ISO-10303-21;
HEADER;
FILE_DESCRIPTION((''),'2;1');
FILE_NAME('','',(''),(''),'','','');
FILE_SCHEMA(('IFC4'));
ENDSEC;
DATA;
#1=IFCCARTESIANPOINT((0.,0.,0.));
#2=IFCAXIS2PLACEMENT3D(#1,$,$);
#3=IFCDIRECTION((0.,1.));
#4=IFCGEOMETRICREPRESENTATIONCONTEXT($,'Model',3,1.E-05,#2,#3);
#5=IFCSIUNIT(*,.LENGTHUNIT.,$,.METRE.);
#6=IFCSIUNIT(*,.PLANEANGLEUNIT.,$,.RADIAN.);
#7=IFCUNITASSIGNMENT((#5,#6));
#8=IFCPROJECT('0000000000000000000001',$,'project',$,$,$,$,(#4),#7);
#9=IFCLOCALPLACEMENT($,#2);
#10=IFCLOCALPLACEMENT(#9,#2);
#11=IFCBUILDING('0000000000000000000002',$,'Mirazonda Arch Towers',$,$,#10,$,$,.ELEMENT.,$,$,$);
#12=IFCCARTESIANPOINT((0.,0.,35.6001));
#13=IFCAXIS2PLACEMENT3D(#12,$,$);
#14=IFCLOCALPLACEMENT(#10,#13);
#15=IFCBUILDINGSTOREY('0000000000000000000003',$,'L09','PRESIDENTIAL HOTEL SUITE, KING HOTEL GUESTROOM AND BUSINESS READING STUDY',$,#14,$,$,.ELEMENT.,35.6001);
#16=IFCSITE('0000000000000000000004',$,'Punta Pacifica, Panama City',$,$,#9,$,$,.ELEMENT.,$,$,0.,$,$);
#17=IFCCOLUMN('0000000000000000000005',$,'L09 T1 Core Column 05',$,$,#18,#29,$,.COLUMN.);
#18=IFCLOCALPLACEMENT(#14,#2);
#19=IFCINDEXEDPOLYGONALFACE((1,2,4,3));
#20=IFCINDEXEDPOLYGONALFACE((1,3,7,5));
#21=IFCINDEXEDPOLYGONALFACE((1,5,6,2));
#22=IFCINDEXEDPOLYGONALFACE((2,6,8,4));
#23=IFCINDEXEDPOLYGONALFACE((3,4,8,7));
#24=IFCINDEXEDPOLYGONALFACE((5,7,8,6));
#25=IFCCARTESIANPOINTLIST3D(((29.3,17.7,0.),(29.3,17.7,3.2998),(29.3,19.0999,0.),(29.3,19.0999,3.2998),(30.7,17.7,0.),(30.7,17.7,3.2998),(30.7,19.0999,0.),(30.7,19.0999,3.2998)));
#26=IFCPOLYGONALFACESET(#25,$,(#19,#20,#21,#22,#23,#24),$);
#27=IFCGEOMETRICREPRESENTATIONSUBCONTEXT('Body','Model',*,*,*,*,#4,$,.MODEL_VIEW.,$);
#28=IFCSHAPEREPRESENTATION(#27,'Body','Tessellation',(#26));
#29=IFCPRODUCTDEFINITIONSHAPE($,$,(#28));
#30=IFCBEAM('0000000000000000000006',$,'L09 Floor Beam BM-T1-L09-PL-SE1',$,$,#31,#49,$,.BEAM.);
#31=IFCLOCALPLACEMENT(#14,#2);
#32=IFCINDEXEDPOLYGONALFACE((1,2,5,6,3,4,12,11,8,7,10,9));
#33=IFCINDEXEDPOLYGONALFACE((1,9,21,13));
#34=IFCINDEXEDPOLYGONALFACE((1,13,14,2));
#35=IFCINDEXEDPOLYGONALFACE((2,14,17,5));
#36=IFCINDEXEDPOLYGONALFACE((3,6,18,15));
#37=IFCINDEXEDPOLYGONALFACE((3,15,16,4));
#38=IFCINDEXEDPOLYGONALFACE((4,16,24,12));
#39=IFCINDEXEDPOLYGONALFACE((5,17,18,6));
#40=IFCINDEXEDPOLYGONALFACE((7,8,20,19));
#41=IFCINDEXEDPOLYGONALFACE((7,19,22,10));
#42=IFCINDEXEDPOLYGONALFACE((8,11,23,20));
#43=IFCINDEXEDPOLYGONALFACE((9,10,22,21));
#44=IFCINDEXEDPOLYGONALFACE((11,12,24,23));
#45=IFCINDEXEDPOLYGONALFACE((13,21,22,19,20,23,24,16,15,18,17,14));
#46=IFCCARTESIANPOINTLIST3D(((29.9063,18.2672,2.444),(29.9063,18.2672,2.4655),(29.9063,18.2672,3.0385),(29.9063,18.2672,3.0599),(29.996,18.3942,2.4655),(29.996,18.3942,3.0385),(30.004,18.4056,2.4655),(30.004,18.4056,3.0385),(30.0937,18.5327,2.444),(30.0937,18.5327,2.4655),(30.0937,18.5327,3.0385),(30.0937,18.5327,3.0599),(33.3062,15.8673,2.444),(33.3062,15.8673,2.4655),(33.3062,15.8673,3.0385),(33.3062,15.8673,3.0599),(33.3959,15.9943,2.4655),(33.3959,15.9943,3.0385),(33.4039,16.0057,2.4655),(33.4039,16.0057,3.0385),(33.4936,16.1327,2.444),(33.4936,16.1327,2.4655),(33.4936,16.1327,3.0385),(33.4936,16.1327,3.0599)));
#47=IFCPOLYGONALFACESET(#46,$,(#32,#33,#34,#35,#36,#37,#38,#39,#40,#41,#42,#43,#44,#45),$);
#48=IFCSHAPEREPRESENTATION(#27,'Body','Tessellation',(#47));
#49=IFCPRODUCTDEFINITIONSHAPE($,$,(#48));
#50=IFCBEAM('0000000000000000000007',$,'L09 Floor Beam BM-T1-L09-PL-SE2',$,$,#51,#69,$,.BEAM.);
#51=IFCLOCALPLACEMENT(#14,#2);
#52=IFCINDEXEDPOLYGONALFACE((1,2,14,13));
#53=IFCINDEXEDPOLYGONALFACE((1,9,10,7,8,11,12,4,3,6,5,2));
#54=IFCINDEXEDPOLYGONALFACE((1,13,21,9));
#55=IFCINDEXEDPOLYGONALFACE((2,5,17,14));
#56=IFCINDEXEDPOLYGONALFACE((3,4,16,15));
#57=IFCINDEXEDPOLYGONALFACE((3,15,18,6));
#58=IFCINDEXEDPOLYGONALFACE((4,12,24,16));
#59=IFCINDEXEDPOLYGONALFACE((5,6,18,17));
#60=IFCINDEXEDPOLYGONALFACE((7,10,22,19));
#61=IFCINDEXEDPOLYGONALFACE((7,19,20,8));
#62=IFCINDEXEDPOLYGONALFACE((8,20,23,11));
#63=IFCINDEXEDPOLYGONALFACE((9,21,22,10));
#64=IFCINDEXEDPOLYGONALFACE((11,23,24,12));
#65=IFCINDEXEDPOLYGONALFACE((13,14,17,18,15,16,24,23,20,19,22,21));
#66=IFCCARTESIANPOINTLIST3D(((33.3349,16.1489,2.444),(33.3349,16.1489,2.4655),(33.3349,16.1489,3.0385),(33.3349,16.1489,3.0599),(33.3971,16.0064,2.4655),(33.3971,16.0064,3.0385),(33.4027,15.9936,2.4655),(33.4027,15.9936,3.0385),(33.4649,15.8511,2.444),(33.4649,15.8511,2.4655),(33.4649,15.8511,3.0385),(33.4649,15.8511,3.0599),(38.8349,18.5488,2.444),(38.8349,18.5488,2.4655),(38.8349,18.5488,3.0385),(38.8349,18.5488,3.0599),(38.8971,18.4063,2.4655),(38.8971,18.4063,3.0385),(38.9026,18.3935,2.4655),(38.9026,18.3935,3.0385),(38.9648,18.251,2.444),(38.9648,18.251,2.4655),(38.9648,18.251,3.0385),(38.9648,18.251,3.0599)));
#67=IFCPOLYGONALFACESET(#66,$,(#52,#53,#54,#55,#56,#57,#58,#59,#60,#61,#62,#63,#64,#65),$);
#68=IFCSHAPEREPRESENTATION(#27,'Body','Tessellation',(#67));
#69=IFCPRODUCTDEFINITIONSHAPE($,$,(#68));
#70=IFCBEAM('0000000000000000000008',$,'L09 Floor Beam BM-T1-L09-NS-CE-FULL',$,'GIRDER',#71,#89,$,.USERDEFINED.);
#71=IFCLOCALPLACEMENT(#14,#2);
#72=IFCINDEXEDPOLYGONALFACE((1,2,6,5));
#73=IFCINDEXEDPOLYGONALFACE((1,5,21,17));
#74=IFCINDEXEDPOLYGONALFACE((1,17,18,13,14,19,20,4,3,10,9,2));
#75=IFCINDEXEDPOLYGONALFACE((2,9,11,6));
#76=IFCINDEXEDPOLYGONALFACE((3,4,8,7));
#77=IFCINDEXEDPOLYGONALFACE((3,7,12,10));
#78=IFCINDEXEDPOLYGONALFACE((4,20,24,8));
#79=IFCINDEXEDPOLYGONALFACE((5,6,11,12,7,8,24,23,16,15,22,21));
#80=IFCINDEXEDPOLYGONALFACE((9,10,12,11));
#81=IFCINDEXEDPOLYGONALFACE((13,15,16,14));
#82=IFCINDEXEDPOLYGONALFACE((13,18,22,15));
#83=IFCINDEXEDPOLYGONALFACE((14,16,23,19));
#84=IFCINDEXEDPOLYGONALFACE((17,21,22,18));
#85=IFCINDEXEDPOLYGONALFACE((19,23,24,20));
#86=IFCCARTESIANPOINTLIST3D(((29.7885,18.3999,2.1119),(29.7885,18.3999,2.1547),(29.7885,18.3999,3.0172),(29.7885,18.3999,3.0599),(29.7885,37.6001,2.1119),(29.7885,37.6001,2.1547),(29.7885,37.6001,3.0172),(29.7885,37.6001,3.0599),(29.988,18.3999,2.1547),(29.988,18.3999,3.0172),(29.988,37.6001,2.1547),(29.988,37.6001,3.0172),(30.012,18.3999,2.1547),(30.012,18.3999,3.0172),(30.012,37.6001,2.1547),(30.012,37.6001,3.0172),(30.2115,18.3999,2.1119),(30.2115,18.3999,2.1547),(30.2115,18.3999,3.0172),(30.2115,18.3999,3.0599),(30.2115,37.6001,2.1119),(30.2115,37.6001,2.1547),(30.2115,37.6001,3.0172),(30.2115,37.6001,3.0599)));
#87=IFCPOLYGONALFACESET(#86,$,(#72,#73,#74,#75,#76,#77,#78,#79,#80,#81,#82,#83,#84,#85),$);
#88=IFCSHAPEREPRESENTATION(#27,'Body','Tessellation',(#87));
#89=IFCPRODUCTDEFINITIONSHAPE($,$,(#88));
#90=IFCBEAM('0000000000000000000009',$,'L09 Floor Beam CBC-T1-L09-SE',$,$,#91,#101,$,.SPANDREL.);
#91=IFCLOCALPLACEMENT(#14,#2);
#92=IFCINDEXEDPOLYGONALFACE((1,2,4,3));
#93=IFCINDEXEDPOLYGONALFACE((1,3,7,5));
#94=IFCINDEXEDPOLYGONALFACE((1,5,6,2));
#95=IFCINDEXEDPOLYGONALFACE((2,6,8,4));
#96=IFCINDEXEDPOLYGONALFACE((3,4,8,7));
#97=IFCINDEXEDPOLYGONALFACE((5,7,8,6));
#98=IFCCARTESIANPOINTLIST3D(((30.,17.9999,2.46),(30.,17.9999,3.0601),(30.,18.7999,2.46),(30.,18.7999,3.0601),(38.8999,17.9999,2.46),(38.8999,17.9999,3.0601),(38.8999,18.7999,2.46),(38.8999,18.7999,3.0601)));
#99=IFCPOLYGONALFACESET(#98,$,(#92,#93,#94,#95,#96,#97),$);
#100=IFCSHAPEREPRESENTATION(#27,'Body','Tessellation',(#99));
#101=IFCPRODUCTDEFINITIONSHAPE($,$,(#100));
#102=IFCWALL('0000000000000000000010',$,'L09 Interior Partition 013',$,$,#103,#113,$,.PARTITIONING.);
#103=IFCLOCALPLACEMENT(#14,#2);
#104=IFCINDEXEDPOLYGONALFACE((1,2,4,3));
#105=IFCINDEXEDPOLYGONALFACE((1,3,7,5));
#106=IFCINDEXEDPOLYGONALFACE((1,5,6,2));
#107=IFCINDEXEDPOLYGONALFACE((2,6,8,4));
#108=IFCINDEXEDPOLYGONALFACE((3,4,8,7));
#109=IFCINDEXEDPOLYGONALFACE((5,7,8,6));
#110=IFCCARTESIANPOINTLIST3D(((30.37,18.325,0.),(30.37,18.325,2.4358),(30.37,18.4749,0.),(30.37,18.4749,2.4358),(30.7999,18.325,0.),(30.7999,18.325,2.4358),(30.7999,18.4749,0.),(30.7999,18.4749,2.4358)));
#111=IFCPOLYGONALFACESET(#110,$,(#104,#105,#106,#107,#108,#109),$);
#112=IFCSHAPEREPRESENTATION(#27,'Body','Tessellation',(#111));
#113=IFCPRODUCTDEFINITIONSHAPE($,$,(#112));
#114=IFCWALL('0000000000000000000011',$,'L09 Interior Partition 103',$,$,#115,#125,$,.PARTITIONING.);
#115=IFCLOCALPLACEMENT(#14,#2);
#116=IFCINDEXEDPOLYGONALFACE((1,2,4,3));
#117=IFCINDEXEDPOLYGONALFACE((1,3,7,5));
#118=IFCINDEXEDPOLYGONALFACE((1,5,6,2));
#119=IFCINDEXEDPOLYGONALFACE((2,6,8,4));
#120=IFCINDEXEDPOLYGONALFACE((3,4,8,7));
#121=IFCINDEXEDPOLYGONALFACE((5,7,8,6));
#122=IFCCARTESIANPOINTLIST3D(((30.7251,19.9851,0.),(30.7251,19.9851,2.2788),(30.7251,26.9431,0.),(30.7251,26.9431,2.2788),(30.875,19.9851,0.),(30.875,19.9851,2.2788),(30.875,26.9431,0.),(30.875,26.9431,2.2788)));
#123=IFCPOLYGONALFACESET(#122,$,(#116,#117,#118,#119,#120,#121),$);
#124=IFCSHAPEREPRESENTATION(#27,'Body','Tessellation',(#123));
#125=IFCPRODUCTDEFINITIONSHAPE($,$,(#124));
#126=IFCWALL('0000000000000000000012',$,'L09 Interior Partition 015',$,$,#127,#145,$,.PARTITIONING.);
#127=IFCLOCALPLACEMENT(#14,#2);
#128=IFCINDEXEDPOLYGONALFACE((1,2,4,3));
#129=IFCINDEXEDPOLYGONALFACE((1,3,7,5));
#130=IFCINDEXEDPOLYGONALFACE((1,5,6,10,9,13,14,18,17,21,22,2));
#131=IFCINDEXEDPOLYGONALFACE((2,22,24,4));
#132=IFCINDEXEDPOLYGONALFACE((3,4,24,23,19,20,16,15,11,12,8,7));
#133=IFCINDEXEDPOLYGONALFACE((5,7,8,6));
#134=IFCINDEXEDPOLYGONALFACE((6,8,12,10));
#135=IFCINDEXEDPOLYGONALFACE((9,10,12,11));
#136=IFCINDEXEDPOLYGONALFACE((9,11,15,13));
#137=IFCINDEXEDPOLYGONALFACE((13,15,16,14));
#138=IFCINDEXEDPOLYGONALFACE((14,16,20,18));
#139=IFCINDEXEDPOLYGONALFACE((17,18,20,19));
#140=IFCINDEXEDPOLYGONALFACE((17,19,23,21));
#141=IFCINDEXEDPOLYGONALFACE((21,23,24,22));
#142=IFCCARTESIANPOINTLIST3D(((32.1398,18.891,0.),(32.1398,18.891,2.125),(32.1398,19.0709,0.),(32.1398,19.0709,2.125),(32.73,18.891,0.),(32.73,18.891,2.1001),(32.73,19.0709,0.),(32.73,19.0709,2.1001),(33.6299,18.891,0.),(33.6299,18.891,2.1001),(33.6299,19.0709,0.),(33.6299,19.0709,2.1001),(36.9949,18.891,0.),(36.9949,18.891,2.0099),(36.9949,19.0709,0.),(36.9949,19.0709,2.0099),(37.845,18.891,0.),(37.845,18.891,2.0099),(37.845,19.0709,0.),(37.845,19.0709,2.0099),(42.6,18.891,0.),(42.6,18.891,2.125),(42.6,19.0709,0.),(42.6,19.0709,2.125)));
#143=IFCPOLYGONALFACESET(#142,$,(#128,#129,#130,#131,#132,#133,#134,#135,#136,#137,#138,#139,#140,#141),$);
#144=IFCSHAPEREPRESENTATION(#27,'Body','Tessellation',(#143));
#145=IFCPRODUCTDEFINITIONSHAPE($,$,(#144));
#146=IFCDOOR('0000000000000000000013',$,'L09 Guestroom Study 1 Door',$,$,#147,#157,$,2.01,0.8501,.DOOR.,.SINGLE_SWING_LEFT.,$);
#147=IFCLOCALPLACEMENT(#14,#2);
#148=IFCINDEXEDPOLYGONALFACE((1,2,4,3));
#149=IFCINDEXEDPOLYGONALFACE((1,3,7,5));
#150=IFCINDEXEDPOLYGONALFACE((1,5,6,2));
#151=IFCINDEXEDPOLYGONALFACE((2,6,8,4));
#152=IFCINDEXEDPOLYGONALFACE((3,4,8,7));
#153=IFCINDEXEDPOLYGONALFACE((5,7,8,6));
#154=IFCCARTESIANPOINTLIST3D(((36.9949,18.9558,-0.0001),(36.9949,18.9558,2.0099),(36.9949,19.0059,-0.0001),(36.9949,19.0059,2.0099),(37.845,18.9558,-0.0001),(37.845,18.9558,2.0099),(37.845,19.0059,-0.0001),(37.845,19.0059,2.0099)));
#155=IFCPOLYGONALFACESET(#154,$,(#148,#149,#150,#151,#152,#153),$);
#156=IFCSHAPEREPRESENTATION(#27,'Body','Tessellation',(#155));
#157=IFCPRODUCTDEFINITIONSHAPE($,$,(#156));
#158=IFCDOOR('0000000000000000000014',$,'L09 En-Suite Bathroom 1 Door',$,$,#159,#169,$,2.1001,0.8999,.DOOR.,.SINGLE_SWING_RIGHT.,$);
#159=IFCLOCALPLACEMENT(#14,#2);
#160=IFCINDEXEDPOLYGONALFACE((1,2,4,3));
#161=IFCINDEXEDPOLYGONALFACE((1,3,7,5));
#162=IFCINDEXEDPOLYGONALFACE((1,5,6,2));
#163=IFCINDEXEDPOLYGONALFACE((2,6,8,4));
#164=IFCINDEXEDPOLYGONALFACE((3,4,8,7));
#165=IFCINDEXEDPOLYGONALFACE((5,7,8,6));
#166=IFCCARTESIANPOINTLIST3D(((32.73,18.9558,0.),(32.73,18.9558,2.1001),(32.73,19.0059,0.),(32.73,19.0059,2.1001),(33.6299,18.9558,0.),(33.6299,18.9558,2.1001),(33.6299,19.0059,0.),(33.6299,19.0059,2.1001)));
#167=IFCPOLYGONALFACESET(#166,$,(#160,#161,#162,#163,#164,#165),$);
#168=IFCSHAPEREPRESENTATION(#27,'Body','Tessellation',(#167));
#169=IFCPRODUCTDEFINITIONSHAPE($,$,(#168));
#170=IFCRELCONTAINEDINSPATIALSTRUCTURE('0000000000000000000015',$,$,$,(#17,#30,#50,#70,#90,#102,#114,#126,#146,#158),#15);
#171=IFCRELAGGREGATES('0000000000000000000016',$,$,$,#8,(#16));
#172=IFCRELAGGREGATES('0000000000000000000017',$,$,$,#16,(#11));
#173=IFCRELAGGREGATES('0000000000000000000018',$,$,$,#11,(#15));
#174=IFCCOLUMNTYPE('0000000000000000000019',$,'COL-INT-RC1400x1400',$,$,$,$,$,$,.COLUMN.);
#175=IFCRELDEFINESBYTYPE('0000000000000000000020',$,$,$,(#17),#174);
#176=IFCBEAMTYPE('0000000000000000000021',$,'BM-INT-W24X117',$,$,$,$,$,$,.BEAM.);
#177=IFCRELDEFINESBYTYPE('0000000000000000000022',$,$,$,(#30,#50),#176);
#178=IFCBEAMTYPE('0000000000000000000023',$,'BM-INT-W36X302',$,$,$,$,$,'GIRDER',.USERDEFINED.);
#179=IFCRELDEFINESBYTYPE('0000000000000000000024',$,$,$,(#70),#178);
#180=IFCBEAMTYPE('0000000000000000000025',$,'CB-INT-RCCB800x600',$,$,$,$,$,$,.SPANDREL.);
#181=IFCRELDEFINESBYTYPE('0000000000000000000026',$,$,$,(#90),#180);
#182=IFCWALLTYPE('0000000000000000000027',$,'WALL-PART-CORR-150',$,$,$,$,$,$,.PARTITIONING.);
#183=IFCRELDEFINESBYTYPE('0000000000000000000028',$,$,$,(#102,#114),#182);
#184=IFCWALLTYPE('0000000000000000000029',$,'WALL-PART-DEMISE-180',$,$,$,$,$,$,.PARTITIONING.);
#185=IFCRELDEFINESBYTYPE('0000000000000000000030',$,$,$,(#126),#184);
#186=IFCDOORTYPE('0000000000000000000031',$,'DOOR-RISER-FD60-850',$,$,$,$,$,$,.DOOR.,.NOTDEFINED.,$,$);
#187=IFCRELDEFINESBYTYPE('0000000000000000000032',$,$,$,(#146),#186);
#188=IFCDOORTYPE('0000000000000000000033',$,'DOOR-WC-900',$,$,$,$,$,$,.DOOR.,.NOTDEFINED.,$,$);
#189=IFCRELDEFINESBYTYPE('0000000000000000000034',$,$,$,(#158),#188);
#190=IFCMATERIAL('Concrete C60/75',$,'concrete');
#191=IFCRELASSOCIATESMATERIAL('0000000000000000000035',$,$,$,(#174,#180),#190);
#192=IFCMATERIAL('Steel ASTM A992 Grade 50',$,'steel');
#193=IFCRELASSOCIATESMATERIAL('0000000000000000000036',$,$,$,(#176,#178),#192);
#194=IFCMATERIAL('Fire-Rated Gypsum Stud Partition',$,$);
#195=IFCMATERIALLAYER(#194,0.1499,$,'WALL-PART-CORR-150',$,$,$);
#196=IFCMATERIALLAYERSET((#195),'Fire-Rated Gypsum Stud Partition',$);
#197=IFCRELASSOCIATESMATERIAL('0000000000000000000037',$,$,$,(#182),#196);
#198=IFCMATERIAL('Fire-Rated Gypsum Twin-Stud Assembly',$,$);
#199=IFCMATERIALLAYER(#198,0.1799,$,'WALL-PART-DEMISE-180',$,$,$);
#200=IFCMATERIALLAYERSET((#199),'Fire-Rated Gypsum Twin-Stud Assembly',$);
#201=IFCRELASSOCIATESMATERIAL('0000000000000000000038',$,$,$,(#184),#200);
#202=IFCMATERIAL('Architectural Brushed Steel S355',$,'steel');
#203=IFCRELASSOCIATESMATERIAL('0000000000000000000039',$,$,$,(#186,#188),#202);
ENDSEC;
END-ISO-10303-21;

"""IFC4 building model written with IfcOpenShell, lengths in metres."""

from ifc_helpers import new_model, si_unit, direction, frame, frame_2d, origin, origin_2d, place, context, subcontext, project, spatial, rectangle, i_section, extrude, material, layer, layer_set, material_profile, profile_set, type_object, element, fill, save


model = new_model("IFC4")

# Units and contexts
model_context = context("Model", 3, precision=1e-05, world=origin(), true_north=direction((0.0, 1.0)))
body_context = subcontext(model_context, "Body", "Model", "MODEL_VIEW")
ifc_project = project(units=[si_unit("LENGTHUNIT", "METRE"), si_unit("PLANEANGLEUNIT", "RADIAN")], contexts=[model_context])

# Site, building, storey
site_placement = place(None, origin())
site = spatial("IfcSite", under=ifc_project, at=site_placement, Name="Punta Pacifica, Panama City", CompositionType="ELEMENT", RefElevation=0.0)
building_placement = place(site_placement, origin())
building = spatial("IfcBuilding", under=site, at=building_placement, Name="Mirazonda Arch Towers", CompositionType="ELEMENT")
storey_placement = place(building_placement, frame((0.0, 0.0, 35.6001)))
storey = spatial("IfcBuildingStorey", under=building, at=storey_placement, Name="L09", Description="PRESIDENTIAL HOTEL SUITE, KING HOTEL GUESTROOM AND BUSINESS READING STUDY", CompositionType="ELEMENT", Elevation=35.6001)

# Column
ifc_material_1 = material(Name="Concrete C60/75", Category="concrete")
ifc_material_profile_1 = material_profile(ifc_material_1, rectangle(XDim=1.3999, YDim=1.3999, at=origin_2d()), Name="RC1400x1400")
ifc_profile_set_1 = profile_set([ifc_material_profile_1], Name="Concrete C60/75")
column_type = type_object("IfcColumnType", Name="COL-INT-RC1400x1400", PredefinedType="COLUMN", material=ifc_profile_set_1)
column_placement = place(storey_placement, frame((30.0, 18.3999, 0.0), z_axis=(0.0, 0.0, 1.0), x_axis=(1.0, 0.0, 0.0)))
element("IfcColumn", 1, at=column_placement, inside=storey, type_object=column_type, Name="L09 T1 Core Column 05", PredefinedType="COLUMN", context=body_context, shape_type="SweptSolid", body=[
    extrude(rectangle(XDim=1.3999, YDim=1.3999, at=origin_2d()), origin(), (0.0, 0.0, 1.0), 3.2998),
])

# Beams
ifc_material_2 = material(Name="Steel ASTM A992 Grade 50", Category="steel")
ifc_material_profile_2 = material_profile(ifc_material_2, i_section(OverallWidth=0.325, OverallDepth=0.616, WebThickness=0.0139, FlangeThickness=0.0215, at=origin_2d()), Name="W24X117")
ifc_profile_set_2 = profile_set([ifc_material_profile_2], Name="Steel ASTM A992 Grade 50")
beam_type_1 = type_object("IfcBeamType", Name="BM-INT-W24X117", PredefinedType="BEAM", material=ifc_profile_set_2)
beam_1_placement = place(storey_placement, frame((33.3999, 16.0, 2.752), z_axis=(-0.816971, 0.576679, 0.0), x_axis=(-0.576679, -0.816971, 0.0)))
element("IfcBeam", 2, at=beam_1_placement, inside=storey, type_object=beam_type_1, Name="L09 Floor Beam BM-T1-L09-PL-SE1", PredefinedType="BEAM", context=body_context, shape_type="SweptSolid", body=[
    extrude(i_section(OverallWidth=0.325, OverallDepth=0.616, WebThickness=0.0139, FlangeThickness=0.0215, at=origin_2d()), origin(), (0.0, 0.0, 1.0), 4.1616),
])
beam_2_placement = place(storey_placement, frame((33.3999, 16.0, 2.752), z_axis=(0.916545, 0.399931, 0.0), x_axis=(-0.399931, 0.916545, 0.0)))
element("IfcBeam", 3, at=beam_2_placement, inside=storey, type_object=beam_type_1, Name="L09 Floor Beam BM-T1-L09-PL-SE2", PredefinedType="BEAM", context=body_context, shape_type="SweptSolid", body=[
    extrude(i_section(OverallWidth=0.325, OverallDepth=0.616, WebThickness=0.0139, FlangeThickness=0.0215, at=origin_2d()), origin(), (0.0, 0.0, 1.0), 6.0007),
])
ifc_material_profile_3 = material_profile(ifc_material_2, i_section(OverallWidth=0.4231, OverallDepth=0.948, WebThickness=0.0239, FlangeThickness=0.0427, at=origin_2d()), Name="W36X302")
ifc_profile_set_3 = profile_set([ifc_material_profile_3], Name="Steel ASTM A992 Grade 50")
beam_type_2 = type_object("IfcBeamType", Name="BM-INT-W36X302", ElementType="GIRDER", PredefinedType="USERDEFINED", material=ifc_profile_set_3)
beam_3_placement = place(storey_placement, frame((30.0, 18.3999, 2.5859), z_axis=(0.0, 1.0, 0.0), x_axis=(-1.0, 0.0, 0.0)))
element("IfcBeam", 4, at=beam_3_placement, inside=storey, type_object=beam_type_2, Name="L09 Floor Beam BM-T1-L09-NS-CE-FULL", ObjectType="GIRDER", PredefinedType="USERDEFINED", context=body_context, shape_type="SweptSolid", body=[
    extrude(i_section(OverallWidth=0.4231, OverallDepth=0.948, WebThickness=0.0239, FlangeThickness=0.0427, at=origin_2d()), origin(), (0.0, 0.0, 1.0), 19.2002),
])
ifc_material_profile_4 = material_profile(ifc_material_1, rectangle(XDim=0.8, YDim=0.6001, at=origin_2d()), Name="RCCB800x600")
ifc_profile_set_4 = profile_set([ifc_material_profile_4], Name="Concrete C60/75")
beam_type_3 = type_object("IfcBeamType", Name="CB-INT-RCCB800x600", PredefinedType="SPANDREL", material=ifc_profile_set_4)
beam_4_placement = place(storey_placement, frame((30.0, 18.3999, 2.76), z_axis=(1.0, 0.0, 0.0), x_axis=(0.0, 1.0, 0.0)))
element("IfcBeam", 5, at=beam_4_placement, inside=storey, type_object=beam_type_3, Name="L09 Floor Beam CBC-T1-L09-SE", PredefinedType="SPANDREL", context=body_context, shape_type="SweptSolid", body=[
    extrude(rectangle(XDim=0.8, YDim=0.6001, at=origin_2d()), origin(), (0.0, 0.0, 1.0), 8.8999),
])

# Walls
ifc_material_3 = material(Name="Fire-Rated Gypsum Stud Partition")
ifc_layer_1 = layer(ifc_material_3, 0.1499, Name="WALL-PART-CORR-150")
ifc_layer_set_1 = layer_set([ifc_layer_1], Name="Fire-Rated Gypsum Stud Partition")
wall_type_1 = type_object("IfcWallType", Name="WALL-PART-CORR-150", PredefinedType="PARTITIONING", material=ifc_layer_set_1)
wall_1_placement = place(storey_placement, frame((30.3701, 18.3999, 0.0), z_axis=(0.0, 0.0, 1.0), x_axis=(1.0, 0.0, 0.0)))
element("IfcWall", 6, at=wall_1_placement, inside=storey, type_object=wall_type_1, Name="L09 Interior Partition 013", PredefinedType="PARTITIONING", context=body_context, shape_type="SweptSolid", body=[
    extrude(rectangle(XDim=0.4299, YDim=0.1499, at=frame_2d((0.2148, 0.0))), origin(), (0.0, 0.0, 1.0), 2.4358),
])
wall_2_placement = place(storey_placement, frame((30.8, 19.9851, 0.0), z_axis=(0.0, 0.0, 1.0), x_axis=(0.0, 1.0, 0.0)))
element("IfcWall", 7, at=wall_2_placement, inside=storey, type_object=wall_type_1, Name="L09 Interior Partition 103", PredefinedType="PARTITIONING", context=body_context, shape_type="SweptSolid", body=[
    extrude(rectangle(XDim=6.958, YDim=0.1499, at=frame_2d((3.479, 0.0))), origin(), (0.0, 0.0, 1.0), 2.2788),
])

# Wall, openings, doors
ifc_material_4 = material(Name="Fire-Rated Gypsum Twin-Stud Assembly")
ifc_layer_2 = layer(ifc_material_4, 0.1799, Name="WALL-PART-DEMISE-180")
ifc_layer_set_2 = layer_set([ifc_layer_2], Name="Fire-Rated Gypsum Twin-Stud Assembly")
wall_type_2 = type_object("IfcWallType", Name="WALL-PART-DEMISE-180", PredefinedType="PARTITIONING", material=ifc_layer_set_2)
wall_3_placement = place(storey_placement, frame((32.1399, 18.981, 0.0), z_axis=(0.0, 0.0, 1.0), x_axis=(1.0, 0.0, 0.0)))
wall_3 = element("IfcWall", 8, at=wall_3_placement, inside=storey, type_object=wall_type_2, Name="L09 Interior Partition 015", PredefinedType="PARTITIONING", context=body_context, shape_type="SweptSolid", body=[
    extrude(rectangle(XDim=10.4602, YDim=0.1799, at=frame_2d((5.23, 0.0))), origin(), (0.0, 0.0, 1.0), 2.125),
])
opening_1_placement = place(wall_3_placement, frame((4.855, 0.0, 0.0)))
opening_1 = element("IfcOpeningElement", 9, at=opening_1_placement, cuts=wall_3, PredefinedType="OPENING", context=body_context, shape_type="SweptSolid", body=[
    extrude(rectangle(XDim=0.8501, YDim=2.01, at=frame_2d((0.425, 1.0049))), frame((0.0, 0.0999, 0.0), z_axis=(0.0, -1.0, 0.0), x_axis=(1.0, 0.0, 0.0)), (0.0, 0.0, 1.0), 0.2),
])
opening_2_placement = place(wall_3_placement, frame((0.5901, 0.0, 0.0)))
opening_2 = element("IfcOpeningElement", 10, at=opening_2_placement, cuts=wall_3, PredefinedType="OPENING", context=body_context, shape_type="SweptSolid", body=[
    extrude(rectangle(XDim=0.8999, YDim=2.1001, at=frame_2d((0.45, 1.05))), frame((0.0, 0.0999, 0.0), z_axis=(0.0, -1.0, 0.0), x_axis=(1.0, 0.0, 0.0)), (0.0, 0.0, 1.0), 0.2),
])
ifc_material_5 = material(Name="Architectural Brushed Steel S355", Category="steel")
door_type_1 = type_object("IfcDoorType", Name="DOOR-RISER-FD60-850", OperationType="NOTDEFINED", PredefinedType="DOOR", material=ifc_material_5)
door_1_placement = place(opening_1_placement, origin())
door_1 = element("IfcDoor", 11, at=door_1_placement, inside=storey, type_object=door_type_1, Name="L09 Guestroom Study 1 Door", OperationType="SINGLE_SWING_LEFT", OverallHeight=2.01, OverallWidth=0.8501, PredefinedType="DOOR", context=body_context, shape_type="SweptSolid", body=[
    extrude(rectangle(XDim=0.8501, YDim=2.01, at=frame_2d((0.425, 1.0049))), frame((0.0, 0.0249, 0.0), z_axis=(0.0, -1.0, 0.0), x_axis=(1.0, 0.0, 0.0)), (0.0, 0.0, 1.0), 0.05),
])
fill(opening_1, door_1)
door_type_2 = type_object("IfcDoorType", Name="DOOR-WC-900", OperationType="NOTDEFINED", PredefinedType="DOOR", material=ifc_material_5)
door_2_placement = place(opening_2_placement, origin())
door_2 = element("IfcDoor", 12, at=door_2_placement, inside=storey, type_object=door_type_2, Name="L09 En-Suite Bathroom 1 Door", OperationType="SINGLE_SWING_RIGHT", OverallHeight=2.1001, OverallWidth=0.8999, PredefinedType="DOOR", context=body_context, shape_type="SweptSolid", body=[
    extrude(rectangle(XDim=0.8999, YDim=2.1001, at=frame_2d((0.45, 1.05))), frame((0.0, 0.0249, 0.0), z_axis=(0.0, -1.0, 0.0), x_axis=(1.0, 0.0, 0.0)), (0.0, 0.0, 1.0), 0.05),
])
fill(opening_2, door_2)

save(model, "model.ifc")
